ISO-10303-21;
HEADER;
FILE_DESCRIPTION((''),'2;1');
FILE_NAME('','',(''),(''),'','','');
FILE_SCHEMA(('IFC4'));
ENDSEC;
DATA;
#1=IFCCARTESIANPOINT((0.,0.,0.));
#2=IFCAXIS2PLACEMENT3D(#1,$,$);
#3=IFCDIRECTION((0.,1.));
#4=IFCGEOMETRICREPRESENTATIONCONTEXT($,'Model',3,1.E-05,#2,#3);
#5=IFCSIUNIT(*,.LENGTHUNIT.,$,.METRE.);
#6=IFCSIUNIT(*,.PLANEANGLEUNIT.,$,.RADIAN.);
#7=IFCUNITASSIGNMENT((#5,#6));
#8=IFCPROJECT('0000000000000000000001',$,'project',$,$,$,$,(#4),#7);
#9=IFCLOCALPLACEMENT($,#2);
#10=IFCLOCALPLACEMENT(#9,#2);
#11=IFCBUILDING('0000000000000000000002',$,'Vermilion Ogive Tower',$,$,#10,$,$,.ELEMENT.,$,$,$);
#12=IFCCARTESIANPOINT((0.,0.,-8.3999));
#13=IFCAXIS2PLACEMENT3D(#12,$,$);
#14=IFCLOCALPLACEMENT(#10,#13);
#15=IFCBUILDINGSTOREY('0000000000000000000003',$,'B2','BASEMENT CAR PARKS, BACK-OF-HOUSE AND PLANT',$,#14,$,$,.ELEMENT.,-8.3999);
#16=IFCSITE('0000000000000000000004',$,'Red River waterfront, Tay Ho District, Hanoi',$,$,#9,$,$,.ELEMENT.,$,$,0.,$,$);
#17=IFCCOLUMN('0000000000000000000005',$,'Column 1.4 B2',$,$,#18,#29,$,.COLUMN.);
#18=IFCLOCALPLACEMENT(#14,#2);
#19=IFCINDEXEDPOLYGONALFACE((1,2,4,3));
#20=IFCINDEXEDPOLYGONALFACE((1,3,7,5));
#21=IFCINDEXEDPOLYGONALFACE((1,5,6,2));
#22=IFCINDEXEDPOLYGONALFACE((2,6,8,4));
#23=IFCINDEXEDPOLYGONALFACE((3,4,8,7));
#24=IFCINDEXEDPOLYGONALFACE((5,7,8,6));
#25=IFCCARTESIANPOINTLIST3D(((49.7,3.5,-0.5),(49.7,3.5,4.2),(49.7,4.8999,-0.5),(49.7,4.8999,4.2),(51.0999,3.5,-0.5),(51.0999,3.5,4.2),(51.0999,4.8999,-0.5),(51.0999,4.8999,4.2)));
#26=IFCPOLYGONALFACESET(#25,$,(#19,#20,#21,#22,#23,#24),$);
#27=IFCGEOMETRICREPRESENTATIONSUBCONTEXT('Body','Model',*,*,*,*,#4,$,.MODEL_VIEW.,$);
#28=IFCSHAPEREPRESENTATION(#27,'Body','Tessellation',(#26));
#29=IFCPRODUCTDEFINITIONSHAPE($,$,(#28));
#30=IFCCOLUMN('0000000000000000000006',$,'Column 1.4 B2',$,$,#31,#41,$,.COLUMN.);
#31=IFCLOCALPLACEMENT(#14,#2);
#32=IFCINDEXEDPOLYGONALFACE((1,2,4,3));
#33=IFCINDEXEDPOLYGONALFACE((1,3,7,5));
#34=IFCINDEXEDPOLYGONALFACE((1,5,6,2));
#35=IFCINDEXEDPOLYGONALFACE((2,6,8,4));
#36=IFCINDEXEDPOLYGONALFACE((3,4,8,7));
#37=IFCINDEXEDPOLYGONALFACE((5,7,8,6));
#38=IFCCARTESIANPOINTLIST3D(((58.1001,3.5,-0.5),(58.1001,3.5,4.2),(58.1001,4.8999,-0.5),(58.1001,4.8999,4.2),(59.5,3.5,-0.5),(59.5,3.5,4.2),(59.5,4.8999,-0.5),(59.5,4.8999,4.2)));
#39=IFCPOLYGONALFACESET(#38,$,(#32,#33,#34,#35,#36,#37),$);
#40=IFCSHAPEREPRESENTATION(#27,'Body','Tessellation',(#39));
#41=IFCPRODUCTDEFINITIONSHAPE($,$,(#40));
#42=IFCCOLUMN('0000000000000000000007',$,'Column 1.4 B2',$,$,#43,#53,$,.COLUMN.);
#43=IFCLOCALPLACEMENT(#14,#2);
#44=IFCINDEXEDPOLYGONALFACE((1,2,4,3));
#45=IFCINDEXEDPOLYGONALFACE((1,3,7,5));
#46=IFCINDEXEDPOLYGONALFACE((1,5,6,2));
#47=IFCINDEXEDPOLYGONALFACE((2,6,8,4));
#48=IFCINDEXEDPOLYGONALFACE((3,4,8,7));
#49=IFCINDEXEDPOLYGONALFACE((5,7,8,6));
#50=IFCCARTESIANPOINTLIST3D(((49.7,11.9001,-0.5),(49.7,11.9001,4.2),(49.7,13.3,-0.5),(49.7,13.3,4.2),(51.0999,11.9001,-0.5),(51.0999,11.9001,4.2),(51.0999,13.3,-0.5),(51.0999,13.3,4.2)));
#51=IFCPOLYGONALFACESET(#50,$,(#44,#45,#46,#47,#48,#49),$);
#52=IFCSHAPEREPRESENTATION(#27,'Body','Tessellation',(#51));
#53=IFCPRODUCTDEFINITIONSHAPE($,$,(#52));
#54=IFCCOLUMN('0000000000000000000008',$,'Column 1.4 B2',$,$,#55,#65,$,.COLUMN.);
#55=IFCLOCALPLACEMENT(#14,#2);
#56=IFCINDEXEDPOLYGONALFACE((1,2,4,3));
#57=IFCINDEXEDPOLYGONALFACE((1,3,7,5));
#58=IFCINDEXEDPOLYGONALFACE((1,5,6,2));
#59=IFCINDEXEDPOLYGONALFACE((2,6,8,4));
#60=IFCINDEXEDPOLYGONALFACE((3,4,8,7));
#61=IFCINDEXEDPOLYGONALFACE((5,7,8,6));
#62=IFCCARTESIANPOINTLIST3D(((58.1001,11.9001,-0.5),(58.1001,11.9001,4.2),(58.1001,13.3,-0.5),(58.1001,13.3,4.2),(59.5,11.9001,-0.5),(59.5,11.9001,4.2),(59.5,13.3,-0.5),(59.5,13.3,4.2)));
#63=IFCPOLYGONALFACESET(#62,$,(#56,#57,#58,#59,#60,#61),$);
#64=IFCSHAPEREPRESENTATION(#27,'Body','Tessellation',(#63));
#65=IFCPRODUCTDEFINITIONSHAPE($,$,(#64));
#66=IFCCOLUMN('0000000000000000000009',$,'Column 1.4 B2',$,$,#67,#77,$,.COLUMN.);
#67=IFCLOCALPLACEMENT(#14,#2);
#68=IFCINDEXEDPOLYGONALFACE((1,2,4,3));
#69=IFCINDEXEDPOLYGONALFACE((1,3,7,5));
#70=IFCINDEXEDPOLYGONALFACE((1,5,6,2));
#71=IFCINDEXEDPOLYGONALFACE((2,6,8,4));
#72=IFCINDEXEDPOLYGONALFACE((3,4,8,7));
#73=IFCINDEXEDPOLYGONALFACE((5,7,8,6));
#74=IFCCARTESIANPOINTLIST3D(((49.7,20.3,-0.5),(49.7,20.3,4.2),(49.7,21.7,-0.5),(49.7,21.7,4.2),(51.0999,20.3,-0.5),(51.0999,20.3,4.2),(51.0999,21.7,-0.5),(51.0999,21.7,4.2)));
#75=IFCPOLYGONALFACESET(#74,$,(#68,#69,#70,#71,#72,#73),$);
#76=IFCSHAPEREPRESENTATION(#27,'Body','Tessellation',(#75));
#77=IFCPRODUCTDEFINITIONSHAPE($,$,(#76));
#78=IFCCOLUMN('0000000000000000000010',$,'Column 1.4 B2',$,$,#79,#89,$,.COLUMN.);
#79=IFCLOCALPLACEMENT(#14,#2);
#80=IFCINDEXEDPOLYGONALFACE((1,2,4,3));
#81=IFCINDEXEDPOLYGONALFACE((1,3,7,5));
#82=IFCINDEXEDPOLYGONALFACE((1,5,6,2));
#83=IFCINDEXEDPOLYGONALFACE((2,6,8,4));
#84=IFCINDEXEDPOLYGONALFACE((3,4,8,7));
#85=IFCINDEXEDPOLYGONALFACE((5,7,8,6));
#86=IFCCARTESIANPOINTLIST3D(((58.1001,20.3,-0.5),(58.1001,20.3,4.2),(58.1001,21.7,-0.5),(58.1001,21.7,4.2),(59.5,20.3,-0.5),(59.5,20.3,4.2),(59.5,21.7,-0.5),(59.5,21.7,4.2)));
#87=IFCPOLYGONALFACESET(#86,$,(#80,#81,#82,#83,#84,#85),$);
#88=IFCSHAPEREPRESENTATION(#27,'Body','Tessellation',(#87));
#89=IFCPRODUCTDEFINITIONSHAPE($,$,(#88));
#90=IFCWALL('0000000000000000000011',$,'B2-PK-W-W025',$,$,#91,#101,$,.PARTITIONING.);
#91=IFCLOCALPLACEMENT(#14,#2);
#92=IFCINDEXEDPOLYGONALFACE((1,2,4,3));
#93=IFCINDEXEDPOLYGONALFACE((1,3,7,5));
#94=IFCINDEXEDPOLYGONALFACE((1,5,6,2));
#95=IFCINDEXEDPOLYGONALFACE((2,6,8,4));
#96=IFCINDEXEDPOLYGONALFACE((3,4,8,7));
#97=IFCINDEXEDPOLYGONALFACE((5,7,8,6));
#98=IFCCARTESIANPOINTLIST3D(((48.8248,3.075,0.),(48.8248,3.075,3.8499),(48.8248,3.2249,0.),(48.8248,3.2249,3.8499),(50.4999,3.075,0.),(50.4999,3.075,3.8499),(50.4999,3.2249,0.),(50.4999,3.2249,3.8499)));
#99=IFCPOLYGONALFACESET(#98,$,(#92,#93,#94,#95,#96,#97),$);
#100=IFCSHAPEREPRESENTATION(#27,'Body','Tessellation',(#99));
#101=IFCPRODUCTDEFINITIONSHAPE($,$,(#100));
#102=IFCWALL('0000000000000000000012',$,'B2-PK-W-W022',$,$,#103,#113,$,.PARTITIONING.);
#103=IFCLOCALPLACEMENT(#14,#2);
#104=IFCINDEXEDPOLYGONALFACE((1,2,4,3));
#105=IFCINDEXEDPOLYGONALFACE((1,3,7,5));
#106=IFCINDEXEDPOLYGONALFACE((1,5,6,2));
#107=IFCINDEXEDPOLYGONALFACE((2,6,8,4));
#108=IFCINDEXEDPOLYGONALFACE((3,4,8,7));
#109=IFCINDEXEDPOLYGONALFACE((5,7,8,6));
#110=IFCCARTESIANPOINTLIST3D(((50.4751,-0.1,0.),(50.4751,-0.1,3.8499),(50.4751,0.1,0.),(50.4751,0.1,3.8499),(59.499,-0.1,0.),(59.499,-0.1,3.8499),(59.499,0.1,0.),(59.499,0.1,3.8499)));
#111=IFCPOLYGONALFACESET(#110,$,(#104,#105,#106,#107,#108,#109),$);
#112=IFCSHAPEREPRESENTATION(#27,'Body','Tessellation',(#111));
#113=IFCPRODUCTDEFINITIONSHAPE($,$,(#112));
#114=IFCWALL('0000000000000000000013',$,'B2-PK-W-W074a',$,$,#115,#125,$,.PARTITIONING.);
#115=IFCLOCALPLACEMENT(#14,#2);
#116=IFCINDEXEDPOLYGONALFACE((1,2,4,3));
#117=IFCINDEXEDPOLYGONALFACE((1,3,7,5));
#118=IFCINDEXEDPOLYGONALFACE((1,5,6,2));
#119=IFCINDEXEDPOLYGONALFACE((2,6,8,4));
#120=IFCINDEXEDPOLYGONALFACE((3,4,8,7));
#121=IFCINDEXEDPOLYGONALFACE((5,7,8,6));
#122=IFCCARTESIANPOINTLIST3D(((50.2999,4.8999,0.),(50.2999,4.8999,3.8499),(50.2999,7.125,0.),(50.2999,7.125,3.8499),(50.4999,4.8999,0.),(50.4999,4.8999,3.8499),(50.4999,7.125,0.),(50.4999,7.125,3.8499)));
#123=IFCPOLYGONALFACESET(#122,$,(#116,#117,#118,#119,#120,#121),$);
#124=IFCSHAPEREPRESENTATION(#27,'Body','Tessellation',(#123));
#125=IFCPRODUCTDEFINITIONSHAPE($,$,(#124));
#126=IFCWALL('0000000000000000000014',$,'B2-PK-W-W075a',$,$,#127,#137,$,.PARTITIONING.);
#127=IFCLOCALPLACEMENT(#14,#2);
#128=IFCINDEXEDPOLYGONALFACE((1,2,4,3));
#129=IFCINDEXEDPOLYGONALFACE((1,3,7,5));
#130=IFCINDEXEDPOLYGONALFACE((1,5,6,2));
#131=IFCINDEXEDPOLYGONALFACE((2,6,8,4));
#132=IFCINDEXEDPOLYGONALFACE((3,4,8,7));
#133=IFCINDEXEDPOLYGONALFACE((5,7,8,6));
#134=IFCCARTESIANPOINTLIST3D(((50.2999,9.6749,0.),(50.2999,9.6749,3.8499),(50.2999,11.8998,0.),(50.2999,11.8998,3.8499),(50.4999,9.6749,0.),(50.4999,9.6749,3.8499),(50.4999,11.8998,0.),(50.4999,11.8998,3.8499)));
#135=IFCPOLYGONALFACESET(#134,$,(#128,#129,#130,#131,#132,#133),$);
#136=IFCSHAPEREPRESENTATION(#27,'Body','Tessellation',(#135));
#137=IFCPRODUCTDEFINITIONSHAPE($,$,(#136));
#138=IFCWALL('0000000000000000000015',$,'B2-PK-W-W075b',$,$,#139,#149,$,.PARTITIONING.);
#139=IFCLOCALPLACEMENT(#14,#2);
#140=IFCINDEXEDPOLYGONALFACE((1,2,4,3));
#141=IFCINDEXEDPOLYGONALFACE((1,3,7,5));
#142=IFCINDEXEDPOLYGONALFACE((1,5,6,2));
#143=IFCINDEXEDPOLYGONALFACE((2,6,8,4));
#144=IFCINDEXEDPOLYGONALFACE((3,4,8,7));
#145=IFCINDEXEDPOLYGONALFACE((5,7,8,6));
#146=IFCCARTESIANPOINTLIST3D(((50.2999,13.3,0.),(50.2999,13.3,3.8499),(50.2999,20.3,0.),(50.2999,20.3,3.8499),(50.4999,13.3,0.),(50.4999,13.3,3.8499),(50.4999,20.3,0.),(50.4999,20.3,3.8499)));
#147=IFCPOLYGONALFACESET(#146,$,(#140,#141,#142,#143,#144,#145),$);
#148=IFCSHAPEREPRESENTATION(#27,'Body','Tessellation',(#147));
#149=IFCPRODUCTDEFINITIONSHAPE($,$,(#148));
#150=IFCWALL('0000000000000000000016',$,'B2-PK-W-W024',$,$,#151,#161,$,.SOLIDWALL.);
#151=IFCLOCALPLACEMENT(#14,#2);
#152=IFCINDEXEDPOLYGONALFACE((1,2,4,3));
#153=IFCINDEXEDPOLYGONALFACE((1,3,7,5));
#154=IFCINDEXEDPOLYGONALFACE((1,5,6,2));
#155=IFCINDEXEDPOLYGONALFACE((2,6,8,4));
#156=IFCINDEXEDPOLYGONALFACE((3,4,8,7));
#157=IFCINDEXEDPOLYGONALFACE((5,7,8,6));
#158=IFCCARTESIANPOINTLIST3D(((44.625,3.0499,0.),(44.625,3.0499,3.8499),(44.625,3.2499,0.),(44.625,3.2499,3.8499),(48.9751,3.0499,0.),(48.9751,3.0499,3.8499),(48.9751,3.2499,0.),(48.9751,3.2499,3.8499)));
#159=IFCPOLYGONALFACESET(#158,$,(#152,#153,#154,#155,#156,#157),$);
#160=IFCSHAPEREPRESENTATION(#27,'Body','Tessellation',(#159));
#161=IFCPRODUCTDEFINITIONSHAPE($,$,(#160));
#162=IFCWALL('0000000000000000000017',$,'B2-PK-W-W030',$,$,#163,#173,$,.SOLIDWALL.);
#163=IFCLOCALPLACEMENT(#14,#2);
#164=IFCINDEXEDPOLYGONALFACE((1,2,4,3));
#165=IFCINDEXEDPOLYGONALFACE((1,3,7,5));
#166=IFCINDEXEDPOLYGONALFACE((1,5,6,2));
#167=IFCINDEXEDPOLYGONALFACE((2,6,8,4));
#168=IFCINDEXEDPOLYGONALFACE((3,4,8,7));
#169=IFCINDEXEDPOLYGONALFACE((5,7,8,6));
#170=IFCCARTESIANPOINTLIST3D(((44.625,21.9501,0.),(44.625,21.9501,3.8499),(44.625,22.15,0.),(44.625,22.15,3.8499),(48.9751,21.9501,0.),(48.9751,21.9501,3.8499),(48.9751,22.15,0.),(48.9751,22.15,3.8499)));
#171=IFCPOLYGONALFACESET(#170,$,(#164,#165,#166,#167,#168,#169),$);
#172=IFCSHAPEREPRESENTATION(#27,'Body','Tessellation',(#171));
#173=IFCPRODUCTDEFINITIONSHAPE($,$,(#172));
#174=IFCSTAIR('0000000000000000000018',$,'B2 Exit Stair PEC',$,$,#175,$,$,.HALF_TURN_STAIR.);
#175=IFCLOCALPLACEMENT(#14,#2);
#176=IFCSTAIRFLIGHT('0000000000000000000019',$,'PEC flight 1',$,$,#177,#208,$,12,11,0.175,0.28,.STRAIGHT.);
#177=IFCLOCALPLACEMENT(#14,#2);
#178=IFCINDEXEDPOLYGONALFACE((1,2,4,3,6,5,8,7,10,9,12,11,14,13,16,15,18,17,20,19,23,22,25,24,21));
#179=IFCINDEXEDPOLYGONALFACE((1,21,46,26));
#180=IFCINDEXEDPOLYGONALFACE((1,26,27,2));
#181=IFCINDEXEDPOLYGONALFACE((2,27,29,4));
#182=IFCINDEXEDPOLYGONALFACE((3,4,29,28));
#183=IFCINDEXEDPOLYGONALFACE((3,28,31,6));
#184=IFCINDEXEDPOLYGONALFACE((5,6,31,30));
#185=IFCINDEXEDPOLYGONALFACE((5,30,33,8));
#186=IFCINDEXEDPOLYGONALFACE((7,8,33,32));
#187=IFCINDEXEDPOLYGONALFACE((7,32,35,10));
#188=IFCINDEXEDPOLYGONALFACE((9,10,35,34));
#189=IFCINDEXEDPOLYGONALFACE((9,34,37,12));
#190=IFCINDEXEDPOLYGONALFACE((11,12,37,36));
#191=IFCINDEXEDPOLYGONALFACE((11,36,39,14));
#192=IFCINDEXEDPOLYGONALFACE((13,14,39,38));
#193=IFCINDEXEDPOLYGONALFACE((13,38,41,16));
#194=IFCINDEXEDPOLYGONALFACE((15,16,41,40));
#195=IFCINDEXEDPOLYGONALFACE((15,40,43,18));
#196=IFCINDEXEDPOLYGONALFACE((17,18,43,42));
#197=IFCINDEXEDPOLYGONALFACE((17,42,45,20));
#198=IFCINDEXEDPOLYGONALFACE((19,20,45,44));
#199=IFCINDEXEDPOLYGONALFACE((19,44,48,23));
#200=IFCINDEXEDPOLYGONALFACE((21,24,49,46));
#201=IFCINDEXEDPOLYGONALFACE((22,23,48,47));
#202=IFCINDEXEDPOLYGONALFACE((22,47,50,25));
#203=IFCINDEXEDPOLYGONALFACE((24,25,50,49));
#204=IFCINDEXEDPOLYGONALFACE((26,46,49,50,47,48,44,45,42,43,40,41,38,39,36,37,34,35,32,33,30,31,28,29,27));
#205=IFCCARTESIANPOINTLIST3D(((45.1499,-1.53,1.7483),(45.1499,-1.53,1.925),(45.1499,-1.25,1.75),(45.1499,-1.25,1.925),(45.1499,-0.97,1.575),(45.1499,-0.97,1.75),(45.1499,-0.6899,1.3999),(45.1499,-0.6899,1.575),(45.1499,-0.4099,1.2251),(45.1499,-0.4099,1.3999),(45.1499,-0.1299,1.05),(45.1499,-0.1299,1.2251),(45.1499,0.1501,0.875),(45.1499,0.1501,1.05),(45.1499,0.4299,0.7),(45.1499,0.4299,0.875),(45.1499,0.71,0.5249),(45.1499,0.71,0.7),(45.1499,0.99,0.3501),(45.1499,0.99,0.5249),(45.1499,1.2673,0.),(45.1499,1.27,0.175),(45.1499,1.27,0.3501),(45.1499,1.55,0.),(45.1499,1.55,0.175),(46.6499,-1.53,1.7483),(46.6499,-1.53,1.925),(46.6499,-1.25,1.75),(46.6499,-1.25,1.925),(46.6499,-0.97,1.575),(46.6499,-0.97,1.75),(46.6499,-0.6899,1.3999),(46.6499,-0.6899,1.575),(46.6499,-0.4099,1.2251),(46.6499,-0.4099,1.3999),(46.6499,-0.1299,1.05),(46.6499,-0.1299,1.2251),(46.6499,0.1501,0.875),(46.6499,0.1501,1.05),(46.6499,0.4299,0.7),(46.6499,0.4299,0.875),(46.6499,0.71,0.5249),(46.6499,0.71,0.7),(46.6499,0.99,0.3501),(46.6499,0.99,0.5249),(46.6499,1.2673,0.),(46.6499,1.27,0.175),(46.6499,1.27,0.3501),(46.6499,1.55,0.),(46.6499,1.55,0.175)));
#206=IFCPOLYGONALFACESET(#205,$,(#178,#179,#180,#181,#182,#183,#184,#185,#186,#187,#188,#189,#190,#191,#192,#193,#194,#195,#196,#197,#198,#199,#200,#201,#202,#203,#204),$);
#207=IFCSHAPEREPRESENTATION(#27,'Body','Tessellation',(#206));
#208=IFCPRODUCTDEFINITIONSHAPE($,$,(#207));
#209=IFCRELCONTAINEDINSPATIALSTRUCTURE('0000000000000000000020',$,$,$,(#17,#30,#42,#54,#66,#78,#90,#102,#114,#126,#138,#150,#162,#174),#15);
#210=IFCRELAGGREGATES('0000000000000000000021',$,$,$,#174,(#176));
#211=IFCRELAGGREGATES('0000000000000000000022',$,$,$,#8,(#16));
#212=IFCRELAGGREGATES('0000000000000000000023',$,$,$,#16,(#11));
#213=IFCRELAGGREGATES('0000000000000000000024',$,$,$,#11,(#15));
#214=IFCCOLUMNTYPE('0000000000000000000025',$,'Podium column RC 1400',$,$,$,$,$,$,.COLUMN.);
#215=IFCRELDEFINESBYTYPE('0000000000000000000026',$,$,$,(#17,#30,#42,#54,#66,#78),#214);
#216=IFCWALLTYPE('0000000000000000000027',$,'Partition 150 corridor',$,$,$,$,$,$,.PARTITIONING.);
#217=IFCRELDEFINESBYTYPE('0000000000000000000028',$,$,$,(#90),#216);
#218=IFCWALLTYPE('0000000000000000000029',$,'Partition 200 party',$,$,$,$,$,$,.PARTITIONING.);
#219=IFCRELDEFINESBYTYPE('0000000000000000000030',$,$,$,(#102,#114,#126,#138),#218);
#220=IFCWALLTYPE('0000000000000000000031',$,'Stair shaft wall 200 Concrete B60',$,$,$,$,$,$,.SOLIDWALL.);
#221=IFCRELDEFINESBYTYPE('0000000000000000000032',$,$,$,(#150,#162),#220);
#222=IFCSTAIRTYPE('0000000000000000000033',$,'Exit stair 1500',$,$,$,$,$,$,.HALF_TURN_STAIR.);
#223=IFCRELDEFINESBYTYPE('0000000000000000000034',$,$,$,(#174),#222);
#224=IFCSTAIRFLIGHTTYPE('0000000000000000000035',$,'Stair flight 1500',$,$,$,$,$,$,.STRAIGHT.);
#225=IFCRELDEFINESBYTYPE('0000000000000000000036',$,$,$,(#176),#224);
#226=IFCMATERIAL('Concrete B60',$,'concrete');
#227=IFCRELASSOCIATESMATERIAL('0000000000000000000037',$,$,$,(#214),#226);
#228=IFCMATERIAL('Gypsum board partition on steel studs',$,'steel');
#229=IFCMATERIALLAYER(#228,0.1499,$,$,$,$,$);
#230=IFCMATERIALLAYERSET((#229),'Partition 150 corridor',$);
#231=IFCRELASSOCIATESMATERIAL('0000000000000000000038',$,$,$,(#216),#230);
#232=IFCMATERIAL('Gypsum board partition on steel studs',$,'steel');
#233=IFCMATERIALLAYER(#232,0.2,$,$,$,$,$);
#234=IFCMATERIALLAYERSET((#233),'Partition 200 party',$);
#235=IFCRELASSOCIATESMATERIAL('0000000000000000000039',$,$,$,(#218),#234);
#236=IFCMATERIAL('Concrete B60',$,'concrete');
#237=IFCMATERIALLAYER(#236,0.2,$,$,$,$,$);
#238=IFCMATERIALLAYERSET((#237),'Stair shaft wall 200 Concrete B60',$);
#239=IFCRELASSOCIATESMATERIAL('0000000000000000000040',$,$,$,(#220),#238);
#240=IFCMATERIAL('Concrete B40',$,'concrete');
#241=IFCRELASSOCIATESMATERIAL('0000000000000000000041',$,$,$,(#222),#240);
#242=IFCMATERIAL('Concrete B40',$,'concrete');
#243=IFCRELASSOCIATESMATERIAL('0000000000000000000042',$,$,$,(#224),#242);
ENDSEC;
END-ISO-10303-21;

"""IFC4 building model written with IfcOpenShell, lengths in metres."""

from ifc_helpers import new_model, si_unit, direction, frame, frame_2d, origin, origin_2d, place, context, subcontext, project, spatial, polyline, rectangle, outline, extrude, material, layer, layer_set, material_profile, profile_set, type_object, element, aggregate, save


model = new_model("IFC4")

# Units and contexts
model_context = context("Model", 3, precision=1e-05, world=origin(), true_north=direction((0.0, 1.0)))
body_context = subcontext(model_context, "Body", "Model", "MODEL_VIEW")
ifc_project = project(units=[si_unit("LENGTHUNIT", "METRE"), si_unit("PLANEANGLEUNIT", "RADIAN")], contexts=[model_context])

# Site, building, storey
site_placement = place(None, origin())
site = spatial("IfcSite", under=ifc_project, at=site_placement, Name="Red River waterfront, Tay Ho District, Hanoi", CompositionType="ELEMENT", RefElevation=0.0)
building_placement = place(site_placement, origin())
building = spatial("IfcBuilding", under=site, at=building_placement, Name="Vermilion Ogive Tower", CompositionType="ELEMENT")
storey_placement = place(building_placement, frame((0.0, 0.0, -8.3999)))
storey = spatial("IfcBuildingStorey", under=building, at=storey_placement, Name="B2", Description="BASEMENT CAR PARKS, BACK-OF-HOUSE AND PLANT", CompositionType="ELEMENT", Elevation=-8.3999)

# Columns
ifc_material_1 = material(Name="Concrete B60", Category="concrete")
ifc_material_profile = material_profile(ifc_material_1, rectangle(XDim=1.3999, YDim=1.3999, at=origin_2d()), Name="RC 1400x1400")
ifc_profile_set = profile_set([ifc_material_profile], Name="Concrete B60")
column_type = type_object("IfcColumnType", Name="Podium column RC 1400", PredefinedType="COLUMN", material=ifc_profile_set)
for number, where, z_axis, x_axis, name in (
    (1, (50.3999, 4.2, -0.5), (0.0, 0.0, 1.0), (1.0, 0.0, 0.0), "Column 1.4 B2"),
    (2, (58.8, 4.2, -0.5), (0.0, 0.0, 1.0), (1.0, 0.0, 0.0), "Column 1.4 B2"),
    (3, (50.3999, 12.6001, -0.5), (0.0, 0.0, 1.0), (1.0, 0.0, 0.0), "Column 1.4 B2"),
    (4, (58.8, 12.6001, -0.5), (0.0, 0.0, 1.0), (1.0, 0.0, 0.0), "Column 1.4 B2"),
    (5, (50.3999, 21.0, -0.5), (0.0, 0.0, 1.0), (1.0, 0.0, 0.0), "Column 1.4 B2"),
    (6, (58.8, 21.0, -0.5), (0.0, 0.0, 1.0), (1.0, 0.0, 0.0), "Column 1.4 B2"),
):
    element("IfcColumn", number, at=place(storey_placement, frame(where, z_axis=z_axis, x_axis=x_axis)), inside=storey, type_object=column_type, Name=name, PredefinedType="COLUMN", context=body_context, shape_type="SweptSolid", body=[
        extrude(rectangle(XDim=1.3999, YDim=1.3999, at=origin_2d()), origin(), (0.0, 0.0, 1.0), 4.7),
    ])

# Walls
ifc_material_2 = material(Name="Gypsum board partition on steel studs", Category="steel")
ifc_layer_1 = layer(ifc_material_2, 0.1499)
ifc_layer_set_1 = layer_set([ifc_layer_1], Name="Partition 150 corridor")
wall_type_1 = type_object("IfcWallType", Name="Partition 150 corridor", PredefinedType="PARTITIONING", material=ifc_layer_set_1)
wall_1_placement = place(storey_placement, frame((48.825, 3.1499, 0.0), z_axis=(0.0, 0.0, 1.0), x_axis=(1.0, 0.0, 0.0)))
element("IfcWall", 7, at=wall_1_placement, inside=storey, type_object=wall_type_1, Name="B2-PK-W-W025", PredefinedType="PARTITIONING", context=body_context, shape_type="SweptSolid", body=[
    extrude(rectangle(XDim=1.675, YDim=0.1499, at=frame_2d((0.8374, 0.0))), origin(), (0.0, 0.0, 1.0), 3.8499),
])
ifc_material_3 = material(Name="Gypsum board partition on steel studs", Category="steel")
ifc_layer_2 = layer(ifc_material_3, 0.2)
ifc_layer_set_2 = layer_set([ifc_layer_2], Name="Partition 200 party")
wall_type_2 = type_object("IfcWallType", Name="Partition 200 party", PredefinedType="PARTITIONING", material=ifc_layer_set_2)
wall_2_placement = place(storey_placement, frame((50.4751, 0.0, 0.0), z_axis=(0.0, 0.0, 1.0), x_axis=(1.0, 0.0, 0.0)))
element("IfcWall", 8, at=wall_2_placement, inside=storey, type_object=wall_type_2, Name="B2-PK-W-W022", PredefinedType="PARTITIONING", context=body_context, shape_type="SweptSolid", body=[
    extrude(rectangle(XDim=9.0239, YDim=0.2, at=frame_2d((4.512, 0.0))), origin(), (0.0, 0.0, 1.0), 3.8499),
])
wall_3_placement = place(storey_placement, frame((50.3999, 4.8999, 0.0), z_axis=(0.0, 0.0, 1.0), x_axis=(0.0, 1.0, 0.0)))
element("IfcWall", 9, at=wall_3_placement, inside=storey, type_object=wall_type_2, Name="B2-PK-W-W074a", PredefinedType="PARTITIONING", context=body_context, shape_type="SweptSolid", body=[
    extrude(rectangle(XDim=2.2251, YDim=0.2, at=frame_2d((1.1125, 0.0))), origin(), (0.0, 0.0, 1.0), 3.8499),
])
wall_4_placement = place(storey_placement, frame((50.3999, 9.675, 0.0), z_axis=(0.0, 0.0, 1.0), x_axis=(0.0, 1.0, 0.0)))
element("IfcWall", 10, at=wall_4_placement, inside=storey, type_object=wall_type_2, Name="B2-PK-W-W075a", PredefinedType="PARTITIONING", context=body_context, shape_type="SweptSolid", body=[
    extrude(rectangle(XDim=2.2249, YDim=0.2, at=frame_2d((1.1123, 0.0))), origin(), (0.0, 0.0, 1.0), 3.8499),
])
wall_5_placement = place(storey_placement, frame((50.3999, 13.3, 0.0), z_axis=(0.0, 0.0, 1.0), x_axis=(0.0, 1.0, 0.0)))
element("IfcWall", 11, at=wall_5_placement, inside=storey, type_object=wall_type_2, Name="B2-PK-W-W075b", PredefinedType="PARTITIONING", context=body_context, shape_type="SweptSolid", body=[
    extrude(rectangle(XDim=7.0, YDim=0.2, at=frame_2d((3.5, 0.0))), origin(), (0.0, 0.0, 1.0), 3.8499),
])
ifc_material_4 = material(Name="Concrete B60", Category="concrete")
ifc_layer_3 = layer(ifc_material_4, 0.2)
ifc_layer_set_3 = layer_set([ifc_layer_3], Name="Stair shaft wall 200 Concrete B60")
wall_type_3 = type_object("IfcWallType", Name="Stair shaft wall 200 Concrete B60", PredefinedType="SOLIDWALL", material=ifc_layer_set_3)
for number, where, z_axis, x_axis, name in (
    (12, (44.625, 3.1499, 0.0), (0.0, 0.0, 1.0), (1.0, 0.0, 0.0), "B2-PK-W-W024"),
    (13, (44.625, 22.05, 0.0), (0.0, 0.0, 1.0), (1.0, 0.0, 0.0), "B2-PK-W-W030"),
):
    element("IfcWall", number, at=place(storey_placement, frame(where, z_axis=z_axis, x_axis=x_axis)), inside=storey, type_object=wall_type_3, Name=name, PredefinedType="SOLIDWALL", context=body_context, shape_type="SweptSolid", body=[
        extrude(rectangle(XDim=4.3501, YDim=0.2, at=frame_2d((2.175, 0.0))), origin(), (0.0, 0.0, 1.0), 3.8499),
    ])

# Stair, stair flight
ifc_material_5 = material(Name="Concrete B40", Category="concrete")
stair_type = type_object("IfcStairType", Name="Exit stair 1500", PredefinedType="HALF_TURN_STAIR", material=ifc_material_5)
stair_placement = place(storey_placement, origin())
stair = element("IfcStair", 14, at=stair_placement, inside=storey, type_object=stair_type, Name="B2 Exit Stair PEC", PredefinedType="HALF_TURN_STAIR")
ifc_material_6 = material(Name="Concrete B40", Category="concrete")
stair_flight_type = type_object("IfcStairFlightType", Name="Stair flight 1500", PredefinedType="STRAIGHT", material=ifc_material_6)
stair_flight_placement = place(storey_placement, frame((45.8999, 1.55, 0.0), z_axis=(0.0, 0.0, 1.0), x_axis=(0.0, -1.0, 0.0)))
stair_flight = element("IfcStairFlight", 15, at=stair_flight_placement, type_object=stair_flight_type, Name="PEC flight 1", NumberOfRisers=12, NumberOfTreads=11, PredefinedType="STRAIGHT", RiserHeight=0.175, TreadLength=0.28, context=body_context, shape_type="SweptSolid", body=[
    extrude(outline(polyline([(0.0, 0.0), (0.0, 0.175), (0.28, 0.175), (0.28, 0.3501), (0.5601, 0.3501), (0.5601, 0.5249), (0.8401, 0.5249), (0.8401, 0.7), (1.1201, 0.7), (1.1201, 0.875), (1.3999, 0.875), (1.3999, 1.05), (1.6799, 1.05), (1.6799, 1.2251), (1.96, 1.2251), (1.96, 1.3999), (2.24, 1.3999), (2.24, 1.575), (2.52, 1.575), (2.52, 1.75), (2.8, 1.75), (2.8, 1.925), (3.0801, 1.925), (3.0801, 2.1001), (3.0801, 1.7483), (0.2827, 0.0), (0.0, 0.0)])), frame((0.0, 0.75, 0.0), z_axis=(0.0, -1.0, 0.0), x_axis=(1.0, 0.0, 0.0)), (0.0, 0.0, 1.0), 1.5),
])
aggregate(stair, [stair_flight])

save(model, "model.ifc")
